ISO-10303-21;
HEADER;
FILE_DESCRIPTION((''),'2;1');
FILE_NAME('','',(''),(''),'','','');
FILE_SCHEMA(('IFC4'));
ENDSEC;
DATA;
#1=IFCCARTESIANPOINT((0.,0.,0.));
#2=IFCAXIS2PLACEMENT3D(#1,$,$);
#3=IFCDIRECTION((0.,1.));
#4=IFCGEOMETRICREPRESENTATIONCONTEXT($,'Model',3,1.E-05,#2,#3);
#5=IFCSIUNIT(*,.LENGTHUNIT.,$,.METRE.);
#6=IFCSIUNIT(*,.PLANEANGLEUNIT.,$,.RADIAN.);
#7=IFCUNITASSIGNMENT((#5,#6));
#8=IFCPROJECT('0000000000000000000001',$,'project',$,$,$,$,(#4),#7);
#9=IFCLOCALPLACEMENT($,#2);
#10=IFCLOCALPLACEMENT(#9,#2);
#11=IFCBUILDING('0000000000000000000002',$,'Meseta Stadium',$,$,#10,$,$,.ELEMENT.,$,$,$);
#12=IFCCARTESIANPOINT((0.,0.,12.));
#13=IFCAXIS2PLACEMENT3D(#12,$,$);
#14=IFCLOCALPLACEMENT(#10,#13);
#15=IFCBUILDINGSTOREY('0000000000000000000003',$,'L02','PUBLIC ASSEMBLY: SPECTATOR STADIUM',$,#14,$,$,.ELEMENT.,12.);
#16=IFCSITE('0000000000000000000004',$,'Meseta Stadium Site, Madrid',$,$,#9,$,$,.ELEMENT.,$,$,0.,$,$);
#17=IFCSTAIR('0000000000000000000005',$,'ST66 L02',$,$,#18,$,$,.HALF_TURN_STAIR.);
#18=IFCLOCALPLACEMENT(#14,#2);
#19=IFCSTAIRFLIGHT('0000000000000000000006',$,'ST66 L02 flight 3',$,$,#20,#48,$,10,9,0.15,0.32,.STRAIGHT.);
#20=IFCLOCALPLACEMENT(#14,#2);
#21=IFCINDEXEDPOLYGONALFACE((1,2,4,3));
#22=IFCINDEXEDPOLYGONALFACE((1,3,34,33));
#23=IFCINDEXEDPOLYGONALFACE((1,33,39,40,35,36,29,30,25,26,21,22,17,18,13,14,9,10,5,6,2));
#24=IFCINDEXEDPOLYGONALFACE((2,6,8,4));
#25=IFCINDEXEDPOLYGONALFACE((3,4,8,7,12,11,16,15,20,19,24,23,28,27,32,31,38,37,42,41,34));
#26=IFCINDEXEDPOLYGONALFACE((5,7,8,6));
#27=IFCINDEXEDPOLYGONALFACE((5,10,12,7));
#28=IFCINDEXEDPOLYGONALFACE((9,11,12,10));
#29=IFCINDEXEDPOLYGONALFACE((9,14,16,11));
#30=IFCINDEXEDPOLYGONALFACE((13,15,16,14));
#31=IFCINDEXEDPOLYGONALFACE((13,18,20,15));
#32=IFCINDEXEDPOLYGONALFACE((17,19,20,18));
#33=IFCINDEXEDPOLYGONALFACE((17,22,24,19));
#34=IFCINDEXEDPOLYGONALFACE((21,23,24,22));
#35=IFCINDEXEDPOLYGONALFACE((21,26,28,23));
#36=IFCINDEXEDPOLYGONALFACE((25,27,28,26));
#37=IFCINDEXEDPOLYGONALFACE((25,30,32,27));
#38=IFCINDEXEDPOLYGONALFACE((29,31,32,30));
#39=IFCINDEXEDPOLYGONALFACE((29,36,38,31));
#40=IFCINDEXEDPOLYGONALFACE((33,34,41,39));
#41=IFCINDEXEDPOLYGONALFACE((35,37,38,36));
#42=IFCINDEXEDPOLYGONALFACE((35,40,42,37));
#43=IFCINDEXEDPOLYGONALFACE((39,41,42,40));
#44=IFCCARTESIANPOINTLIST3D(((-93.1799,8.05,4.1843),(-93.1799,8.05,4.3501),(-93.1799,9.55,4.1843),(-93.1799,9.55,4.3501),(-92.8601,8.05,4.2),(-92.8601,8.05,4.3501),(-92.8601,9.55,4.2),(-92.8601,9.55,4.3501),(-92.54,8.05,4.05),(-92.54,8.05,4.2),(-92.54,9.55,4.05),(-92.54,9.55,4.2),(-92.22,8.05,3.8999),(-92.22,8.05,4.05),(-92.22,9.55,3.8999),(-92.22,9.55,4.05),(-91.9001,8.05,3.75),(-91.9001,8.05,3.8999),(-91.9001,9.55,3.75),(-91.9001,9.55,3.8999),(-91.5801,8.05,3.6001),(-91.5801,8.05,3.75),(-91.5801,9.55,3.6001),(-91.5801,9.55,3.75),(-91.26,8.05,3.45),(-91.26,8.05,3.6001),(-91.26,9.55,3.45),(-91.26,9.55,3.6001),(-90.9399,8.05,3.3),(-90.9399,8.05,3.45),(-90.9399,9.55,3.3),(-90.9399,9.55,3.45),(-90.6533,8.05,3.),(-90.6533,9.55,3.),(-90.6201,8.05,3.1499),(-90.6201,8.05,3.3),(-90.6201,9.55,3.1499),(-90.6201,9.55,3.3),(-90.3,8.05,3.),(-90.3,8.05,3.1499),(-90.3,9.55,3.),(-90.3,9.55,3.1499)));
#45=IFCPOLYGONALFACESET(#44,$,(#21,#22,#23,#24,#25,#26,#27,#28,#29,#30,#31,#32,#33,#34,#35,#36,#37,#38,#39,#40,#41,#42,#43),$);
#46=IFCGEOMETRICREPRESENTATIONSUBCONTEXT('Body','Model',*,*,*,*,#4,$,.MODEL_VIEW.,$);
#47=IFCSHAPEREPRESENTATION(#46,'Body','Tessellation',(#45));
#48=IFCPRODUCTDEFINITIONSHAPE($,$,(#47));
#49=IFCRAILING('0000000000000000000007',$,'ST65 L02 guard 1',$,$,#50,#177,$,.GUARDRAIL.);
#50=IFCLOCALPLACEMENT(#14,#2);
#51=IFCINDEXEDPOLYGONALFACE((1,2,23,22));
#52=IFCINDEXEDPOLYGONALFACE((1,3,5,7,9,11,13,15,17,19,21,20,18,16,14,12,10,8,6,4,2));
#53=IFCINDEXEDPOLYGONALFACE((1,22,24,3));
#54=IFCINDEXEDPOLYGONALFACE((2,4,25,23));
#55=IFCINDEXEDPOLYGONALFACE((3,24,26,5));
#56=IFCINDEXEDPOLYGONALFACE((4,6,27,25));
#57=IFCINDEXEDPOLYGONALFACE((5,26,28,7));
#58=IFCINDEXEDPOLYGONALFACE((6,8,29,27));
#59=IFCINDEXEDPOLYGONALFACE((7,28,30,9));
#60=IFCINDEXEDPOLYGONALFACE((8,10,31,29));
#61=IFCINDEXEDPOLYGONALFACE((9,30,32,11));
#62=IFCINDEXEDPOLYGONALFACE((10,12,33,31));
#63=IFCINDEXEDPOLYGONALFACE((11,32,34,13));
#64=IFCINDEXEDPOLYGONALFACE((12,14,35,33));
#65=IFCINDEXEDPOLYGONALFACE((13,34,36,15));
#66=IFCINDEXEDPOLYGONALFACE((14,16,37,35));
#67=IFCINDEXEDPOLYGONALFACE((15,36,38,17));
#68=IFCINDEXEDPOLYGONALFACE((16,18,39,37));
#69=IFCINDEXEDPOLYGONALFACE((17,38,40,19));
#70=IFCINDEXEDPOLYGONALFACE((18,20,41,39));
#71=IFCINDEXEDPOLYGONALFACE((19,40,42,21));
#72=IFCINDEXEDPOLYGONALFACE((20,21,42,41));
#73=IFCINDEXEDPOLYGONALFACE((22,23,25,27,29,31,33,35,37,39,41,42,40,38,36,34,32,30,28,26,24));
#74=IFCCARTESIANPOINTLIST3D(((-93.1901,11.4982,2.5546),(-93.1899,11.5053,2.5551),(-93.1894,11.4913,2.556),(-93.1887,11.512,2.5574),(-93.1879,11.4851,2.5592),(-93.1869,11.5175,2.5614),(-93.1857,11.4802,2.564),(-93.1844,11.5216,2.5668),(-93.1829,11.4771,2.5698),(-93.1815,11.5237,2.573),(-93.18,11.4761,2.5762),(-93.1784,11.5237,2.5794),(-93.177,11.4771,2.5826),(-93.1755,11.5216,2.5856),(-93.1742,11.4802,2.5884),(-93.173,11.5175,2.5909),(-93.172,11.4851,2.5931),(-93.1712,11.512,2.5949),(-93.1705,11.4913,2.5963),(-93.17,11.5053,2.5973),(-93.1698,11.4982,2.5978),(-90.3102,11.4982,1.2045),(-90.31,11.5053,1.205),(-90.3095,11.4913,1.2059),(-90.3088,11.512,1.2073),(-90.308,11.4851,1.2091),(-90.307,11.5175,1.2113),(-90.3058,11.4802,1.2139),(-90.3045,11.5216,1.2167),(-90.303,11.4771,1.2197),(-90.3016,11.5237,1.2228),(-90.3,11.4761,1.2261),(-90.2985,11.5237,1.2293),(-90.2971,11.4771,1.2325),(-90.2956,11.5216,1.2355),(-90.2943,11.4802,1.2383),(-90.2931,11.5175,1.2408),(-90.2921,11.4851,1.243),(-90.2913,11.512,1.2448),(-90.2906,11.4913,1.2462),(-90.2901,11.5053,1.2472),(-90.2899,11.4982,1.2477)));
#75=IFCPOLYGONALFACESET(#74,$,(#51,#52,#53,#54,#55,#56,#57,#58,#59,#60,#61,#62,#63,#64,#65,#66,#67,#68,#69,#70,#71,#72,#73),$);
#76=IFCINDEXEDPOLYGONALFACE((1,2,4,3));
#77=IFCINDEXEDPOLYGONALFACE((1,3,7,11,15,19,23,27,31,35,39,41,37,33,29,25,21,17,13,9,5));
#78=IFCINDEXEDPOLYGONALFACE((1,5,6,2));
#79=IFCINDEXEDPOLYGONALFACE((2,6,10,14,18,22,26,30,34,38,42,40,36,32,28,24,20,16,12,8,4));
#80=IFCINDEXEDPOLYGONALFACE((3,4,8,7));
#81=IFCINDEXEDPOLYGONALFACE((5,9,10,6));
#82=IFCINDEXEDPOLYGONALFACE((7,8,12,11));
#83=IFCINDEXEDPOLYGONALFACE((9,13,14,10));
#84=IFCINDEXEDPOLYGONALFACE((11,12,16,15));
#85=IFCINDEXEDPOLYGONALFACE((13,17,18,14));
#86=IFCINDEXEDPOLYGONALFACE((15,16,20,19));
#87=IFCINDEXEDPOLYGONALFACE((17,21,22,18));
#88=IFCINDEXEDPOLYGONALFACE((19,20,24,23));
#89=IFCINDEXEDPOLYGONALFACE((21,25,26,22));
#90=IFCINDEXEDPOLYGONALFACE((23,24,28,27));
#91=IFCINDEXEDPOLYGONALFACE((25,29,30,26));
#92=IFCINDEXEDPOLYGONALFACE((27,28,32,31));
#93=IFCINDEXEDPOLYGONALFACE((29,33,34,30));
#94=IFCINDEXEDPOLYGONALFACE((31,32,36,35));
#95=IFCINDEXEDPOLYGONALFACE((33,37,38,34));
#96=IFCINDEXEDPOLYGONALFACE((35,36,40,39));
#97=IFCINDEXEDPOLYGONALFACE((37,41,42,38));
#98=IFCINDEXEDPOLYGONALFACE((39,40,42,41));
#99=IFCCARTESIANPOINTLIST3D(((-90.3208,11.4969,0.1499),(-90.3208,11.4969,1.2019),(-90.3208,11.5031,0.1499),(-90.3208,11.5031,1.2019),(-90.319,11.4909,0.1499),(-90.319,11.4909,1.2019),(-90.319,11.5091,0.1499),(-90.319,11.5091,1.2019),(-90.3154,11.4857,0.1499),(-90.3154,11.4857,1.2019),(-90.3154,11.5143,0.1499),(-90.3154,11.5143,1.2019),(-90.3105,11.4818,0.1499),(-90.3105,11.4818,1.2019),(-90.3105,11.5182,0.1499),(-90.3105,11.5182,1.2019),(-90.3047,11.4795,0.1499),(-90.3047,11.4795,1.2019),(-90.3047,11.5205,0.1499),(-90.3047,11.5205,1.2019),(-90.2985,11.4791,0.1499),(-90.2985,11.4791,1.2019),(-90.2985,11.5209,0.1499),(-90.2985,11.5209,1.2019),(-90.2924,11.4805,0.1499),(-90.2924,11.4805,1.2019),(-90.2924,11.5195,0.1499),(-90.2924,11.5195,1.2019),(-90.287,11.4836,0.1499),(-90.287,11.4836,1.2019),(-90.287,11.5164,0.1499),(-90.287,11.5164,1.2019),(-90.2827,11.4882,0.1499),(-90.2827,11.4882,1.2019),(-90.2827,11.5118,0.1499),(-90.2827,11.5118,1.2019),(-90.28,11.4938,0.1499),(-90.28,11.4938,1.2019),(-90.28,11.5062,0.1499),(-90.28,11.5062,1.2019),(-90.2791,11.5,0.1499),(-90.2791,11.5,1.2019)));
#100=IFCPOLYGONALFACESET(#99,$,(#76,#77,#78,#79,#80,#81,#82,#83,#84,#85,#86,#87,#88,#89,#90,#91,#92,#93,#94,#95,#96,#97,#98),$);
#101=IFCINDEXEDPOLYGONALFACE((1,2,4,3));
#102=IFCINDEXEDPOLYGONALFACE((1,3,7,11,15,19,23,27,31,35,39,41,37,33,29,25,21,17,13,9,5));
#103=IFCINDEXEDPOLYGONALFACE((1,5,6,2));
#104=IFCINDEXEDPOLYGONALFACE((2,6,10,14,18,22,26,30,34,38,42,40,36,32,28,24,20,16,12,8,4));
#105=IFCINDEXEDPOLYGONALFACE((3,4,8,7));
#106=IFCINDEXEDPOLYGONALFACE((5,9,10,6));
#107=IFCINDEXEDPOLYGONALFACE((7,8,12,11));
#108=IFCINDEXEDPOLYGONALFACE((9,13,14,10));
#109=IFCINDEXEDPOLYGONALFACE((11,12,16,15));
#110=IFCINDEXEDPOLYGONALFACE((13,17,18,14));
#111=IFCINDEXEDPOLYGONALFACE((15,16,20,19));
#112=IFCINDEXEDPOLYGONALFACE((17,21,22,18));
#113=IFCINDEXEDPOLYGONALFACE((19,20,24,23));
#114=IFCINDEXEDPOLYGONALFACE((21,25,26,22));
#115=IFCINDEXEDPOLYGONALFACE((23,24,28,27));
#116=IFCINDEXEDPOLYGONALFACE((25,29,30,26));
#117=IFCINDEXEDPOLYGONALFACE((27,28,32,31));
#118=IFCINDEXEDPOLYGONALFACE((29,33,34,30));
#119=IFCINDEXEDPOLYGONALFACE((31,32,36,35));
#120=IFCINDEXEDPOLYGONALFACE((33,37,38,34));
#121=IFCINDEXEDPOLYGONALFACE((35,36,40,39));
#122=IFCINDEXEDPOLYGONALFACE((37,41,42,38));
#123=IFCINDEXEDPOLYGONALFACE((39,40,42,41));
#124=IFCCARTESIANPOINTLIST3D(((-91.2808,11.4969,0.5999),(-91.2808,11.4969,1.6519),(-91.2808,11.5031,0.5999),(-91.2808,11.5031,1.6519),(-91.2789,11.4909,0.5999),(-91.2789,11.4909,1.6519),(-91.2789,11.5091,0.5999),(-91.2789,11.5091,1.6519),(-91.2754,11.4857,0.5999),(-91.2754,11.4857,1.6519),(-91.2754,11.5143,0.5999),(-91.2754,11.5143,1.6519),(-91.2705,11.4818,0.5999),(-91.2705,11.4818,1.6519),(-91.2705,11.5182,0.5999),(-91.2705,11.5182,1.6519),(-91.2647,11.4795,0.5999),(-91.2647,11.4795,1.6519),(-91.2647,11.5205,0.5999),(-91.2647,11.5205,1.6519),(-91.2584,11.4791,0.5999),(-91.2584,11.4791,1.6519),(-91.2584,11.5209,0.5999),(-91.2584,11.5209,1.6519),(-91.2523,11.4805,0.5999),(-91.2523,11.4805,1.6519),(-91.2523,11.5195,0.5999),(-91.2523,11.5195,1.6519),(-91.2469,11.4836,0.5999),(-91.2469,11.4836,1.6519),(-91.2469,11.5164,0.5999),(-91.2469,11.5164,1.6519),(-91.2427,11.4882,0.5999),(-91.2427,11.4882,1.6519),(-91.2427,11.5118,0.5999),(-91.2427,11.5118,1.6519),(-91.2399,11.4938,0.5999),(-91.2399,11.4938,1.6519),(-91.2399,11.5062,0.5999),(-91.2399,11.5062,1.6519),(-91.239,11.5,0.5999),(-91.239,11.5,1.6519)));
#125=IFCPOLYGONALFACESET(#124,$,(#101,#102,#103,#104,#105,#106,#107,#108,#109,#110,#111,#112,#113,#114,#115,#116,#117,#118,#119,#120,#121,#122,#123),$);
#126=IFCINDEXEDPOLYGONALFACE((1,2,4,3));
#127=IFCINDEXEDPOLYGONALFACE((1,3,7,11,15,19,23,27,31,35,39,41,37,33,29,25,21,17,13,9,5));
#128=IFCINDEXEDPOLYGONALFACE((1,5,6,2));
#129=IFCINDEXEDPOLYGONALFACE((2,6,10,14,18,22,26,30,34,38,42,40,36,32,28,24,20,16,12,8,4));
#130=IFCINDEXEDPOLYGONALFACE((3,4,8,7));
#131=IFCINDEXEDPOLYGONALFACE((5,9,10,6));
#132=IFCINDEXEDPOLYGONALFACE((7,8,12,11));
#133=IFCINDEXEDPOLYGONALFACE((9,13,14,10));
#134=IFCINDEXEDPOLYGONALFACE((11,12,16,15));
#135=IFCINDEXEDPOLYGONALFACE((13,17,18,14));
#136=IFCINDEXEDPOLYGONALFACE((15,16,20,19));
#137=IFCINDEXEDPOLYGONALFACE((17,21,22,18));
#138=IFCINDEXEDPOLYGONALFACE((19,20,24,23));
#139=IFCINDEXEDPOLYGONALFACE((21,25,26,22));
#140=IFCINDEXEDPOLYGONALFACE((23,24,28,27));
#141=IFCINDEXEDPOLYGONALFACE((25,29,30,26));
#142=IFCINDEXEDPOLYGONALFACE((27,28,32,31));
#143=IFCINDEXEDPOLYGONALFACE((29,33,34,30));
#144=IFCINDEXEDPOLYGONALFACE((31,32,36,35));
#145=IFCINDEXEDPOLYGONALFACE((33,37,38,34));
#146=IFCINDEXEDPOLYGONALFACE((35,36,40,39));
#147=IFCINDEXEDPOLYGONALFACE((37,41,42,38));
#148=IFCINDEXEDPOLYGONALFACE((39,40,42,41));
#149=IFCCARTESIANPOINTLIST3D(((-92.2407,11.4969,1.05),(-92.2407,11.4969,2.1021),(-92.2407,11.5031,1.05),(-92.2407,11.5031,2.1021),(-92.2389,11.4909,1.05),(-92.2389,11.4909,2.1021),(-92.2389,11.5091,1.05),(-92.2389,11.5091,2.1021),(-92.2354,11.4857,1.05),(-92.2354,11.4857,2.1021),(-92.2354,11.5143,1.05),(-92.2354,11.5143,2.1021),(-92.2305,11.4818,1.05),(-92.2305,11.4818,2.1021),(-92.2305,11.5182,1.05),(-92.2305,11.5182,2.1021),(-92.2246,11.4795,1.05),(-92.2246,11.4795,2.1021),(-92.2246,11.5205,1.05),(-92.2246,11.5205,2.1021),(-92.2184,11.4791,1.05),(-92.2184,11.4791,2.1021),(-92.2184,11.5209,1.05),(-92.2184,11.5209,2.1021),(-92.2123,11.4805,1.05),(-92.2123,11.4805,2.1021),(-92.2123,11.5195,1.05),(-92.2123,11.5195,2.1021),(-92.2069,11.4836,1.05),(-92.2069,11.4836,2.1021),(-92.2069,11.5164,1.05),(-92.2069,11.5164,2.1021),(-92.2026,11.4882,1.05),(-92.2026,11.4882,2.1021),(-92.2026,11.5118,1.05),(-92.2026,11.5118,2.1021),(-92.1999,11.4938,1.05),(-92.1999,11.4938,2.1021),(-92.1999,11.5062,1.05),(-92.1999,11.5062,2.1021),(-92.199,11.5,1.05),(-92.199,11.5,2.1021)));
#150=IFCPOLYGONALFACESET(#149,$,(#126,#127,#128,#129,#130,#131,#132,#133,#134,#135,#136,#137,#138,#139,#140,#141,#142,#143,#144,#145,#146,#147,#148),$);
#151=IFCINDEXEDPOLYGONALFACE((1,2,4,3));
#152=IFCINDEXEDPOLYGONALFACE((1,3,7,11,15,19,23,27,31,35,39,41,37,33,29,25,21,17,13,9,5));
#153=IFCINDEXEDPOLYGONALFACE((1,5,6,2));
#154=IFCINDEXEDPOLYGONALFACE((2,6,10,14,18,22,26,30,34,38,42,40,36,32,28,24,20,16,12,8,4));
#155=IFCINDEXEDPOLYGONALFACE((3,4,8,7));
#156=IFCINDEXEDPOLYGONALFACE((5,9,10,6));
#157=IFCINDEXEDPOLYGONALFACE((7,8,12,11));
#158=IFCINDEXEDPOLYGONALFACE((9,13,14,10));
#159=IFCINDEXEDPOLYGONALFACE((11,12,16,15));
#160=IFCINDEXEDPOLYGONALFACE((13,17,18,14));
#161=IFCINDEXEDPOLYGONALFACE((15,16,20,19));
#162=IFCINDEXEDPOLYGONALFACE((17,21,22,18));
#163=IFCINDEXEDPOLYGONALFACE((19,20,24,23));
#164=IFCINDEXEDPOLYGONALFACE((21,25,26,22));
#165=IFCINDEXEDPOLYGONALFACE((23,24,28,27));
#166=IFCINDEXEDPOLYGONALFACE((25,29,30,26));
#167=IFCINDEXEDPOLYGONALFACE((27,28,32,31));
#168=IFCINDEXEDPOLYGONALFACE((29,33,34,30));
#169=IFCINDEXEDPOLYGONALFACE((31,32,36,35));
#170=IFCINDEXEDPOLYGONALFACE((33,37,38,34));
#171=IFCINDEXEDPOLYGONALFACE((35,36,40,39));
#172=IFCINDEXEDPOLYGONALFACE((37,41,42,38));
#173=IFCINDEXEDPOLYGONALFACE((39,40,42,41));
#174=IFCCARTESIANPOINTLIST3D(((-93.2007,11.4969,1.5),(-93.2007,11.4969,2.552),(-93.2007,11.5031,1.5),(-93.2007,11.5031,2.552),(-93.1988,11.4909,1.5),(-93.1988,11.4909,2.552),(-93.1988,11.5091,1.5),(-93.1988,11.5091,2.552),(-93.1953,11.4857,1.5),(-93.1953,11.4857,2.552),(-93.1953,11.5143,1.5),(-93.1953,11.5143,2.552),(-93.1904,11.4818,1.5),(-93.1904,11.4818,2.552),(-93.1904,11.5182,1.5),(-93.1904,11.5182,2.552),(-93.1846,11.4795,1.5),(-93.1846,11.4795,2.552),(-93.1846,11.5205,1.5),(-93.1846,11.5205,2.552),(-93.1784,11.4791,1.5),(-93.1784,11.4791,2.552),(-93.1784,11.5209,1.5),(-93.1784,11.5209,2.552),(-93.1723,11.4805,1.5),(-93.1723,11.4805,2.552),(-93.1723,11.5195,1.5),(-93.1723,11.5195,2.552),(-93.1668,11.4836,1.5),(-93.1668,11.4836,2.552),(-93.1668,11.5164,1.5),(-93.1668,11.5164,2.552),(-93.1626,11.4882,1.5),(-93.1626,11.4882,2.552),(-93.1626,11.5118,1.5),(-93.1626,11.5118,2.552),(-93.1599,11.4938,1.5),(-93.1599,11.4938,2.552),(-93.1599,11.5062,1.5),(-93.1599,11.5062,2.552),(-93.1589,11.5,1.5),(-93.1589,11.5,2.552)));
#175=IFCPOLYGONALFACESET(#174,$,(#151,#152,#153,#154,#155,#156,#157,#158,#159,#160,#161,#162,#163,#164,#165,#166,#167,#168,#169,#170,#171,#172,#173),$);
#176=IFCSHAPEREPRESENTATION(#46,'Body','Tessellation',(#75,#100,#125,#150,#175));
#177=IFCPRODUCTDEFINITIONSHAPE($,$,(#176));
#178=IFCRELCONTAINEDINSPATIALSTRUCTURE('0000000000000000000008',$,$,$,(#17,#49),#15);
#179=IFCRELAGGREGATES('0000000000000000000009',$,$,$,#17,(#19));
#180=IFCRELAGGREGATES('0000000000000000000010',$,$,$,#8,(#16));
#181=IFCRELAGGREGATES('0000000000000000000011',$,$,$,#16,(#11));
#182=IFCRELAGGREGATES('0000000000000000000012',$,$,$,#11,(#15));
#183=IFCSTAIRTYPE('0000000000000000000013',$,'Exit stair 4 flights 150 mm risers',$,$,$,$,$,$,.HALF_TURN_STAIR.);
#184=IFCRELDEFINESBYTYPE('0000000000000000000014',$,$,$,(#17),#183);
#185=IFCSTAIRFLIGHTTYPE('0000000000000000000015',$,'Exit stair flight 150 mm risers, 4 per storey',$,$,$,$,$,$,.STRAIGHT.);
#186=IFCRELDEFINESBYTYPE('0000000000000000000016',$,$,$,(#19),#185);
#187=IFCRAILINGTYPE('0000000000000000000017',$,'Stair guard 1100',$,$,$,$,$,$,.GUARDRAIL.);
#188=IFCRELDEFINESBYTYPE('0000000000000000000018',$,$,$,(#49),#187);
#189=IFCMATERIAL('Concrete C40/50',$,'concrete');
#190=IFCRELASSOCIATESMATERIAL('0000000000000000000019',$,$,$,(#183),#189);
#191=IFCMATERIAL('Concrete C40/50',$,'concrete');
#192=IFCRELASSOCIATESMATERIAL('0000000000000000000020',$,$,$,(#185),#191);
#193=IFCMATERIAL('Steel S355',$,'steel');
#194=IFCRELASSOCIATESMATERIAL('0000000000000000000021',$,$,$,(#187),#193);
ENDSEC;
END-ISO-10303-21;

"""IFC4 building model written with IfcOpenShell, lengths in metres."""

from ifc_helpers import new_model, si_unit, direction, frame, origin, origin_2d, place, context, subcontext, project, spatial, polyline, circle, outline, extrude, material, type_object, element, aggregate, save


model = new_model("IFC4")

# Units and contexts
model_context = context("Model", 3, precision=1e-05, world=origin(), true_north=direction((0.0, 1.0)))
body_context = subcontext(model_context, "Body", "Model", "MODEL_VIEW")
ifc_project = project(units=[si_unit("LENGTHUNIT", "METRE"), si_unit("PLANEANGLEUNIT", "RADIAN")], contexts=[model_context])

# Site, building, storey
site_placement = place(None, origin())
site = spatial("IfcSite", under=ifc_project, at=site_placement, Name="Meseta Stadium Site, Madrid", CompositionType="ELEMENT", RefElevation=0.0)
building_placement = place(site_placement, origin())
building = spatial("IfcBuilding", under=site, at=building_placement, Name="Meseta Stadium", CompositionType="ELEMENT")
storey_placement = place(building_placement, frame((0.0, 0.0, 12.0)))
storey = spatial("IfcBuildingStorey", under=building, at=storey_placement, Name="L02", Description="PUBLIC ASSEMBLY: SPECTATOR STADIUM", CompositionType="ELEMENT", Elevation=12.0)

# Stair, stair flight
ifc_material_1 = material(Name="Concrete C40/50", Category="concrete")
stair_type = type_object("IfcStairType", Name="Exit stair 4 flights 150 mm risers", PredefinedType="HALF_TURN_STAIR", material=ifc_material_1)
ifc_material_2 = material(Name="Concrete C40/50", Category="concrete")
stair_flight_type = type_object("IfcStairFlightType", Name="Exit stair flight 150 mm risers, 4 per storey", PredefinedType="STRAIGHT", material=ifc_material_2)
stair_1_placement = place(storey_placement, origin())
stair_1 = element("IfcStair", 1, at=stair_1_placement, inside=storey, type_object=stair_type, Name="ST66 L02", PredefinedType="HALF_TURN_STAIR")
stair_flight_1_placement = place(storey_placement, frame((-90.3, 8.8, 3.0), z_axis=(0.0, 0.0, 1.0), x_axis=(-1.0, 0.0, 0.0)))
stair_flight_1 = element("IfcStairFlight", 2, at=stair_flight_1_placement, type_object=stair_flight_type, Name="ST66 L02 flight 3", NumberOfRisers=10, NumberOfTreads=9, PredefinedType="STRAIGHT", RiserHeight=0.15, TreadLength=0.32, context=body_context, shape_type="SweptSolid", body=[
    extrude(outline(polyline([(0.0, 0.0), (0.0, 0.1499), (0.3201, 0.1499), (0.3201, 0.3), (0.6399, 0.3), (0.6399, 0.45), (0.96, 0.45), (0.96, 0.6001), (1.28, 0.6001), (1.28, 0.75), (1.6001, 0.75), (1.6001, 0.8999), (1.9199, 0.8999), (1.9199, 1.05), (2.24, 1.05), (2.24, 1.2), (2.5601, 1.2), (2.5601, 1.3501), (2.8799, 1.3501), (2.8799, 1.1843), (0.3533, 0.0), (0.0, 0.0)])), frame((0.0, 0.75, 0.0), z_axis=(0.0, -1.0, 0.0), x_axis=(1.0, 0.0, 0.0)), (0.0, 0.0, 1.0), 1.5),
])
aggregate(stair_1, [stair_flight_1])

# Railing
ifc_material_3 = material(Name="Steel S355", Category="steel")
railing_type_1 = type_object("IfcRailingType", Name="Stair guard 1100", PredefinedType="GUARDRAIL", material=ifc_material_3)
railing_1_placement = place(storey_placement, frame((-90.3, 11.5, 0.1499)))
element("IfcRailing", 3, at=railing_1_placement, inside=storey, type_object=railing_type_1, Name="ST65 L02 guard 1", PredefinedType="GUARDRAIL", context=body_context, shape_type="SweptSolid", body=[
    extrude(circle(Radius=0.0239, at=origin_2d()), frame((0.0, 0.0, 1.0762), z_axis=(-0.90544, 0.0, 0.424473), x_axis=(0.0, -1.0, 0.0)), (0.0, 0.0, 1.0), 3.1807),
    extrude(circle(Radius=0.021, at=origin_2d()), origin(), (0.0, 0.0, 1.0), 1.052),
    extrude(circle(Radius=0.021, at=origin_2d()), frame((-0.96, 0.0, 0.45)), (0.0, 0.0, 1.0), 1.052),
    extrude(circle(Radius=0.021, at=origin_2d()), frame((-1.9199, 0.0, 0.9001)), (0.0, 0.0, 1.0), 1.052),
    extrude(circle(Radius=0.021, at=origin_2d()), frame((-2.8799, 0.0, 1.3501)), (0.0, 0.0, 1.0), 1.052),
])

save(model, "model.ifc")
